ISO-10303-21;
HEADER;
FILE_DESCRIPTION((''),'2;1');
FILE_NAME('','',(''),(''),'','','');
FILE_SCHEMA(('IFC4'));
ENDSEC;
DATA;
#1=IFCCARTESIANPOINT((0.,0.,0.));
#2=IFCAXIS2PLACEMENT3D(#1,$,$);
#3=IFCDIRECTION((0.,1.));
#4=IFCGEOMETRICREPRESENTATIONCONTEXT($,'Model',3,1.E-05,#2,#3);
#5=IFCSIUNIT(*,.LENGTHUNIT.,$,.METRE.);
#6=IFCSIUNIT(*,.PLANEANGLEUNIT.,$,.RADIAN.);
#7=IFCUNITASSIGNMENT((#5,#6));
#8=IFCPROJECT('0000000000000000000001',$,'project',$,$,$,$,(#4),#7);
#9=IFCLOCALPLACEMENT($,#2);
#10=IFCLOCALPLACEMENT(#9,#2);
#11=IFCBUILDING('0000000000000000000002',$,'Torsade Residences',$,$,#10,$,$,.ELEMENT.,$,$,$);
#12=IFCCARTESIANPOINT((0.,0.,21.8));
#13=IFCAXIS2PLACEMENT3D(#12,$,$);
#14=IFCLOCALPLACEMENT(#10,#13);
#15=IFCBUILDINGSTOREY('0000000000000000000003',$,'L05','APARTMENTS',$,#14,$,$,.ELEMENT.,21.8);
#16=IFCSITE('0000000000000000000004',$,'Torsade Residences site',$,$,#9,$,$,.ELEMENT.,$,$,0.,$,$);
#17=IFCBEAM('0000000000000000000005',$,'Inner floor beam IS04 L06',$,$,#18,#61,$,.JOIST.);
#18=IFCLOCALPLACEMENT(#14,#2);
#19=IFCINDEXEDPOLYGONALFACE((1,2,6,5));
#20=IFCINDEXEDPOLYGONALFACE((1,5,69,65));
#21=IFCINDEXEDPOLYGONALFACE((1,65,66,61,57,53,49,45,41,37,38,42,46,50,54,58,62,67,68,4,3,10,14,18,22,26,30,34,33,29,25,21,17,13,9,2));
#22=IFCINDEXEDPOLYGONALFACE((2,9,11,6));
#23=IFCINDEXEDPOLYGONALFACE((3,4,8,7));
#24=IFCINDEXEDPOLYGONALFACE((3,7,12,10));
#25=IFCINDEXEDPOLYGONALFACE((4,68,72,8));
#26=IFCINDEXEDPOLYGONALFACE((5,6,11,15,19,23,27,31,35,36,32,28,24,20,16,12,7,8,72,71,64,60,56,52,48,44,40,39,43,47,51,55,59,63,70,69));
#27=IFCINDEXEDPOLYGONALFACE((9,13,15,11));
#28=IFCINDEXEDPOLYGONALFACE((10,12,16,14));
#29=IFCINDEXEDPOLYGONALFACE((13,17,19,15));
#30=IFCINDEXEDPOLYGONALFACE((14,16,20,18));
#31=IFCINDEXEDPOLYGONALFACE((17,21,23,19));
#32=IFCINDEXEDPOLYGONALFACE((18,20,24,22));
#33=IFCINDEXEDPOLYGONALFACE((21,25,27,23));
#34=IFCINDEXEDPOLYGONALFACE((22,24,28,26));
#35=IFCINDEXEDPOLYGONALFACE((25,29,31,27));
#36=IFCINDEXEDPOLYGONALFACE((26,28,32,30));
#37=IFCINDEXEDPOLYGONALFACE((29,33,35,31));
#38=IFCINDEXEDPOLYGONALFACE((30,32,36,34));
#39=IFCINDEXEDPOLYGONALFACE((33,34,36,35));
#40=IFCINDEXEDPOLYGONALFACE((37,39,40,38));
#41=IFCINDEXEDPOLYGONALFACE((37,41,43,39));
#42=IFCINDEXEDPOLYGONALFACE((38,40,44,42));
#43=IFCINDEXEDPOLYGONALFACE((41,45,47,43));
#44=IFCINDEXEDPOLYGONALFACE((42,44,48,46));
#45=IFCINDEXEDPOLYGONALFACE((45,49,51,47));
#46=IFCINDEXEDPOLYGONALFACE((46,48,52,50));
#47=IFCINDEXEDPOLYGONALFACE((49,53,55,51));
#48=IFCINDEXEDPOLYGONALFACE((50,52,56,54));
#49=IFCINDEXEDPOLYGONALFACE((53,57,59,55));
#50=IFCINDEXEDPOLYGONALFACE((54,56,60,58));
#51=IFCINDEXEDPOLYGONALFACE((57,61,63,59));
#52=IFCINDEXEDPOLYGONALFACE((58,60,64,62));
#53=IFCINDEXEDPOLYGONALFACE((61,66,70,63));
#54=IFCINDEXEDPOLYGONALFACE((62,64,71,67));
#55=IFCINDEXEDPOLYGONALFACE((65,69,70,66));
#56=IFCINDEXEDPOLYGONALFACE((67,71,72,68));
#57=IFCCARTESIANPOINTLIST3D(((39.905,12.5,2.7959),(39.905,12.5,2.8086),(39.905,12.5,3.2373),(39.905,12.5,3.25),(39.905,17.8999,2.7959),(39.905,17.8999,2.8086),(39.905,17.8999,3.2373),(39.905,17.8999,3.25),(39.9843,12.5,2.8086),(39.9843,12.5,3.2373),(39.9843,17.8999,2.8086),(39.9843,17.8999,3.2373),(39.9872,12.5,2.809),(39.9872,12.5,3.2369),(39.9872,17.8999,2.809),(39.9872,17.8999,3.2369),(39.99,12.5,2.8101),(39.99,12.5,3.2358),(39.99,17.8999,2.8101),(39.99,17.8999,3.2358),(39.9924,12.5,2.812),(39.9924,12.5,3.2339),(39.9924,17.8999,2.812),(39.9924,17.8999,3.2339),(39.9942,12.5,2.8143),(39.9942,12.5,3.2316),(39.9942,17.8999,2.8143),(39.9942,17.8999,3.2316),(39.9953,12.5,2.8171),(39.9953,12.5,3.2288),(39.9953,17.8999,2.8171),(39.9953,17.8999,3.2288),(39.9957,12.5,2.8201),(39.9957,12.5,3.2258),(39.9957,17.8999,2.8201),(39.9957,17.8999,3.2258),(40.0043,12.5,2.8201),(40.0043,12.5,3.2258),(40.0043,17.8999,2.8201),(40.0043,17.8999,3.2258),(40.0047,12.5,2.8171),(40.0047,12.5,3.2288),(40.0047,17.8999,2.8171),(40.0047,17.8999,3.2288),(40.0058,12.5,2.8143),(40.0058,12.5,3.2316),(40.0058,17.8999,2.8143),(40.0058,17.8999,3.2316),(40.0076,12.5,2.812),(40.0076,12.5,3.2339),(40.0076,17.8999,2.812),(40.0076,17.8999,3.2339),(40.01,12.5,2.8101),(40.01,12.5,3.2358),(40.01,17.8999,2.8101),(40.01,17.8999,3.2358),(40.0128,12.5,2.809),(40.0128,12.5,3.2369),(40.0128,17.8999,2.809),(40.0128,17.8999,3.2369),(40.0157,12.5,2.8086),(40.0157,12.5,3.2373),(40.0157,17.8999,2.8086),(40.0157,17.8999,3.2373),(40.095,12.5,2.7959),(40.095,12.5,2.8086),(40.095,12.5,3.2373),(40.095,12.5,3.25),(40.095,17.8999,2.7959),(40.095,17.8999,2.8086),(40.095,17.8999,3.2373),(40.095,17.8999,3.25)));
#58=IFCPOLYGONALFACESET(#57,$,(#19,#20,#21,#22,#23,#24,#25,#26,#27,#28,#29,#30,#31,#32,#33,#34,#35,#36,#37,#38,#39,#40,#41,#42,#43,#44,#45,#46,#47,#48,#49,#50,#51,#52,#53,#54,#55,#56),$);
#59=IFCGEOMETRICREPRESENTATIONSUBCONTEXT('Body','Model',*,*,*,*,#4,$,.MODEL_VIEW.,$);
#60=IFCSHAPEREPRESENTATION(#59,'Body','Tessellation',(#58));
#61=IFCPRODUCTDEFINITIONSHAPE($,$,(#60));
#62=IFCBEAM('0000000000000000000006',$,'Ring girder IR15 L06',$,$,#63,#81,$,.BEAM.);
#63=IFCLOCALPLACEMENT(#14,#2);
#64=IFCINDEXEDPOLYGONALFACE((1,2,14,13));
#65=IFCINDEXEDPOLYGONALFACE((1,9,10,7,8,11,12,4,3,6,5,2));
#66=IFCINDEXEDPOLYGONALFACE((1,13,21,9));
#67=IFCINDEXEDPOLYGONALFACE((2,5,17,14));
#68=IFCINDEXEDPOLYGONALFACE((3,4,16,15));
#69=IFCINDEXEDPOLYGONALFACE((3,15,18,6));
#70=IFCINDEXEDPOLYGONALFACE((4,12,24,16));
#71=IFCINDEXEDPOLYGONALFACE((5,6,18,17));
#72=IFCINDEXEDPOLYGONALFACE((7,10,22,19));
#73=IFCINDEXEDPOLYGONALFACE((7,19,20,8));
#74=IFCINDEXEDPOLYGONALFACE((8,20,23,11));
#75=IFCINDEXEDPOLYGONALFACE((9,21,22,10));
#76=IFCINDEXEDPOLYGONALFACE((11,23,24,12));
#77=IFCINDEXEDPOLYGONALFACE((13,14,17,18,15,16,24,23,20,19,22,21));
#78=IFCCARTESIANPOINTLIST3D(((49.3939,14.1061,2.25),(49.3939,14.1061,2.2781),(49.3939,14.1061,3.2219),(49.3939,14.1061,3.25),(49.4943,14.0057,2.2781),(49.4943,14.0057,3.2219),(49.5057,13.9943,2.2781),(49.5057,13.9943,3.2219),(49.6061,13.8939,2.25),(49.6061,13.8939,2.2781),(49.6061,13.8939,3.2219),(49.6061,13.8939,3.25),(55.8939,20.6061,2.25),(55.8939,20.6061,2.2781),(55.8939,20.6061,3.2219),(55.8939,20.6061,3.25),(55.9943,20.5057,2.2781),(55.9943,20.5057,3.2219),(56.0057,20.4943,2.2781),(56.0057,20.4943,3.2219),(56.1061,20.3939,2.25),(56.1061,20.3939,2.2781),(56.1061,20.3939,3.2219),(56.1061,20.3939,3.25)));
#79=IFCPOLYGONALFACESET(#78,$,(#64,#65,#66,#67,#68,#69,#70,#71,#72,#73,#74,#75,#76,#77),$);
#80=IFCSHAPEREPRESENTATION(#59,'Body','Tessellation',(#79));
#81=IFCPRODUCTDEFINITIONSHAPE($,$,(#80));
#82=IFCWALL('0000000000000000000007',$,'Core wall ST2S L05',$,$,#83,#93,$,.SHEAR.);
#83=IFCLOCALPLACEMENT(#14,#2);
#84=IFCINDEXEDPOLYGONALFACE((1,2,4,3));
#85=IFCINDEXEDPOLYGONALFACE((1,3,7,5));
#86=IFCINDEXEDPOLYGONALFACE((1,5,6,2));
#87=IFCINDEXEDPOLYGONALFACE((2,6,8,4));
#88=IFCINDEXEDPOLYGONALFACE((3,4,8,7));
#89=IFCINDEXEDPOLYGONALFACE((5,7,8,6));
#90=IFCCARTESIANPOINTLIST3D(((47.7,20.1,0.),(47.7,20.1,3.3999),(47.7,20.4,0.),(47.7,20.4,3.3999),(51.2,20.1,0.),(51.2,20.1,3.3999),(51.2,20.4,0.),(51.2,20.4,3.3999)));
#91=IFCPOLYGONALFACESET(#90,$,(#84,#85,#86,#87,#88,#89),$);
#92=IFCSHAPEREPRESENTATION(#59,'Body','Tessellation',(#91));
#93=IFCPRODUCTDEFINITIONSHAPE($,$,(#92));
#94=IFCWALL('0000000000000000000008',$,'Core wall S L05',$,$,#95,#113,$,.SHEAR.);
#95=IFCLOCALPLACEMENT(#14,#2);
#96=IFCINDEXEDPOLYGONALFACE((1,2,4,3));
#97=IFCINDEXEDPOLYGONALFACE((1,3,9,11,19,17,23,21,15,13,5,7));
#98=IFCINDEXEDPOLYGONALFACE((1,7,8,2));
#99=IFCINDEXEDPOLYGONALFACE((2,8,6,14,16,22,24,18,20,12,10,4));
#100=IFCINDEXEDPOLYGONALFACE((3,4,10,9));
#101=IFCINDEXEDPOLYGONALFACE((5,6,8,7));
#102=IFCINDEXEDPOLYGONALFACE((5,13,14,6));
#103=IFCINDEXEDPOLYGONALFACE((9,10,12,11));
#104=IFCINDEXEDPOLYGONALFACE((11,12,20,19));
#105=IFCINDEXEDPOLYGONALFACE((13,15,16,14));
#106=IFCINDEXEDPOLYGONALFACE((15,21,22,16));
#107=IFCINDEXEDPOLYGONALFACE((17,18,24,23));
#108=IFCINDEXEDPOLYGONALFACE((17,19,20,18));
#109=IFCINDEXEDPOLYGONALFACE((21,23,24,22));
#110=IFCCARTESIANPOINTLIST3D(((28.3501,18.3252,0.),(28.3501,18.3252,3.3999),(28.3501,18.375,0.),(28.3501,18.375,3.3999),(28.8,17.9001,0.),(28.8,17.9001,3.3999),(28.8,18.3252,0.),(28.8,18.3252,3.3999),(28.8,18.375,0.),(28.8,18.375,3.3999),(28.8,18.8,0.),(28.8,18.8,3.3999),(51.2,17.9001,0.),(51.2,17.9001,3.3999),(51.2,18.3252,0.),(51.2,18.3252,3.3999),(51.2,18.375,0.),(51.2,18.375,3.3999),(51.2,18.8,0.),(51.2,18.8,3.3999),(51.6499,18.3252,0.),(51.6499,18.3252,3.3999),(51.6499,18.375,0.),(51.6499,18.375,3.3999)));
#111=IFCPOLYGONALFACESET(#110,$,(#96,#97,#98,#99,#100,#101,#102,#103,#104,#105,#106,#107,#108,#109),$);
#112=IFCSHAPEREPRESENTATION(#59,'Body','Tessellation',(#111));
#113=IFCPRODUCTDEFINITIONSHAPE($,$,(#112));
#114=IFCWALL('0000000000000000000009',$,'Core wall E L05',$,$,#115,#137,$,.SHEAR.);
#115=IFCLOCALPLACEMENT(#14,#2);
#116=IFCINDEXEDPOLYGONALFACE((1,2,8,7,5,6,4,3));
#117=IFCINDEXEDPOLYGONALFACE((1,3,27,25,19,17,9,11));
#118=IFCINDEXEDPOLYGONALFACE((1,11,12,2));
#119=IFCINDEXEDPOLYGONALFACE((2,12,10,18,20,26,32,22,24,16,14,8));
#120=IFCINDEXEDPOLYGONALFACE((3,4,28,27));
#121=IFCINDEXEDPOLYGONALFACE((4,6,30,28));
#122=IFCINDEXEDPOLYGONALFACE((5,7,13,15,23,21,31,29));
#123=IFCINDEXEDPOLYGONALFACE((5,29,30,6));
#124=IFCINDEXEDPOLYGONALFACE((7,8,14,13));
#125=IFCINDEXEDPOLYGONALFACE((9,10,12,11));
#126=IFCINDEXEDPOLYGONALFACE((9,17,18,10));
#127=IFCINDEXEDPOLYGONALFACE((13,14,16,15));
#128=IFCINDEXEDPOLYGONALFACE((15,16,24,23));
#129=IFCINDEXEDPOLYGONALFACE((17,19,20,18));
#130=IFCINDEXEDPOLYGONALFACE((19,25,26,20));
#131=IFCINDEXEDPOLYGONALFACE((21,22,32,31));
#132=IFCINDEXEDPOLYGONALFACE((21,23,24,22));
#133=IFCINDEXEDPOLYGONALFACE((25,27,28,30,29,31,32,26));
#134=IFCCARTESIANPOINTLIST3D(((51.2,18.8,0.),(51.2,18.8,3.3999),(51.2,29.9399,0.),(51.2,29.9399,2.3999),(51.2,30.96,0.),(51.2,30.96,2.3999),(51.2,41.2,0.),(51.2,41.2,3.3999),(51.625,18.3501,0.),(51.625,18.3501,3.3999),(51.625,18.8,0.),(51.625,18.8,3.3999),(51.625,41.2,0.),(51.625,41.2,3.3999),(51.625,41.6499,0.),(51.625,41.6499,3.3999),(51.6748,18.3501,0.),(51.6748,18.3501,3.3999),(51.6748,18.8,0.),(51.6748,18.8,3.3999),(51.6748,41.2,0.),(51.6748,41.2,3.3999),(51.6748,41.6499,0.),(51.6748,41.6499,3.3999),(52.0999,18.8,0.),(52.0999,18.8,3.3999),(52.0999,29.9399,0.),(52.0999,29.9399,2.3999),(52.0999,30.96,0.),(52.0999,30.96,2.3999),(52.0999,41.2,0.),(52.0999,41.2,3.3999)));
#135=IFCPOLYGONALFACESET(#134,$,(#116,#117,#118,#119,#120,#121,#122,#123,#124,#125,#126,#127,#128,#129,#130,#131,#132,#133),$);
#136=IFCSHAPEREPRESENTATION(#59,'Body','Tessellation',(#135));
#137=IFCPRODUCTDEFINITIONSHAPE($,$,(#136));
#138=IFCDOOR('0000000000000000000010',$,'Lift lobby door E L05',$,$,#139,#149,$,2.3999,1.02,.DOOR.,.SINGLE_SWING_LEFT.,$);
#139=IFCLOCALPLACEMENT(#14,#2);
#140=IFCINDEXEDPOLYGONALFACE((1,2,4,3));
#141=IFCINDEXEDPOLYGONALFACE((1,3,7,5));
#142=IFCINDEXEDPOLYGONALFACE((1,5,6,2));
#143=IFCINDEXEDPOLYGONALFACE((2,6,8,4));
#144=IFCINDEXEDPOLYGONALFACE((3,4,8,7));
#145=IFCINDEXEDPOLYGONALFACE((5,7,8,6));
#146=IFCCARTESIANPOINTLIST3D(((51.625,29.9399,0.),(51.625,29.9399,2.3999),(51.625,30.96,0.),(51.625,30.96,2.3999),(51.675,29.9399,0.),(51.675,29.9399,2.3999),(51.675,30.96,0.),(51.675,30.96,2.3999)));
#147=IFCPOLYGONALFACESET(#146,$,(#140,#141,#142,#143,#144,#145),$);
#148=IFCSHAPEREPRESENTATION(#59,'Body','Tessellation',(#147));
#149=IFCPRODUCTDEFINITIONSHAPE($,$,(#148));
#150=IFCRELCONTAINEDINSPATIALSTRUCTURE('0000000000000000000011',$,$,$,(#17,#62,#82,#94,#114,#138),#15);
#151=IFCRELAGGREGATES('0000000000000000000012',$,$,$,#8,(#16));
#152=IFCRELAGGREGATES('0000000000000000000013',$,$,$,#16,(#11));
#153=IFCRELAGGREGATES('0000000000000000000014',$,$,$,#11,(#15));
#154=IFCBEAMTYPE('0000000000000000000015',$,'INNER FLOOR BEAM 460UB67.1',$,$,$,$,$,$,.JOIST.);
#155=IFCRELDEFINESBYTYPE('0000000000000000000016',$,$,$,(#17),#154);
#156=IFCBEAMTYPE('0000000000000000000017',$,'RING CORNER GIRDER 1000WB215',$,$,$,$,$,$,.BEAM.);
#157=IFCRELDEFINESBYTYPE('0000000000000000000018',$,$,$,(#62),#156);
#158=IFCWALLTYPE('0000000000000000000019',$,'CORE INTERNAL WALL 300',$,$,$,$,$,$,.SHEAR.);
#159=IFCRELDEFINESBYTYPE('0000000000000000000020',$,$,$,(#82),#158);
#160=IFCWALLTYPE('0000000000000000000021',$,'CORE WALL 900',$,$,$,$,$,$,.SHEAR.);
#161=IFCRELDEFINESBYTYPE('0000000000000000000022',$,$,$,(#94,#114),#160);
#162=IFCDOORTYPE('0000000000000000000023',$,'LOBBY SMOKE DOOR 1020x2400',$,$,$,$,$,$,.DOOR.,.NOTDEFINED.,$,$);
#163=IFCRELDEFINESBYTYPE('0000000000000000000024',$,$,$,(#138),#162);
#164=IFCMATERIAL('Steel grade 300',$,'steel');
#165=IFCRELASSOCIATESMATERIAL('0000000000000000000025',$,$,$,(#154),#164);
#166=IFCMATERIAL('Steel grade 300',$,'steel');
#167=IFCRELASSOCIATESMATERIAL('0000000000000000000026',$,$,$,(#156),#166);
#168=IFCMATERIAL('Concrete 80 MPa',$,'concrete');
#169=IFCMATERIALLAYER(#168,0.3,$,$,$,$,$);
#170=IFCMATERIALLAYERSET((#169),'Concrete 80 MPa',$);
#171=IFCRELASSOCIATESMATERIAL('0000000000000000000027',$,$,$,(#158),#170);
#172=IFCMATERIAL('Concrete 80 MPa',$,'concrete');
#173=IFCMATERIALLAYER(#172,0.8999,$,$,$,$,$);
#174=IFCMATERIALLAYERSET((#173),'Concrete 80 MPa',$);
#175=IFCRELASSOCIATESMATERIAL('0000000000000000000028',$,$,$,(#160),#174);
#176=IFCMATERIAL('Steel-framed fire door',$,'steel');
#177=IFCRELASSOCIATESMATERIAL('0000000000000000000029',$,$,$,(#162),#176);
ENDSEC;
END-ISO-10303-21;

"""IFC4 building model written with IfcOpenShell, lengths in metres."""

from ifc_helpers import new_model, si_unit, direction, frame, frame_2d, origin, origin_2d, place, context, subcontext, project, spatial, polyline, rectangle, i_section, outline, extrude, material, layer, layer_set, material_profile, profile_set, type_object, element, fill, save


model = new_model("IFC4")

# Units and contexts
model_context = context("Model", 3, precision=1e-05, world=origin(), true_north=direction((0.0, 1.0)))
body_context = subcontext(model_context, "Body", "Model", "MODEL_VIEW")
ifc_project = project(units=[si_unit("LENGTHUNIT", "METRE"), si_unit("PLANEANGLEUNIT", "RADIAN")], contexts=[model_context])

# Site, building, storey
site_placement = place(None, origin())
site = spatial("IfcSite", under=ifc_project, at=site_placement, Name="Torsade Residences site", CompositionType="ELEMENT", RefElevation=0.0)
building_placement = place(site_placement, origin())
building = spatial("IfcBuilding", under=site, at=building_placement, Name="Torsade Residences", CompositionType="ELEMENT")
storey_placement = place(building_placement, frame((0.0, 0.0, 21.8)))
storey = spatial("IfcBuildingStorey", under=building, at=storey_placement, Name="L05", Description="APARTMENTS", CompositionType="ELEMENT", Elevation=21.8)

# Beams
ifc_material_1 = material(Name="Steel grade 300", Category="steel")
ifc_material_profile_1 = material_profile(ifc_material_1, i_section(OverallWidth=0.1899, OverallDepth=0.4541, WebThickness=0.0085, FlangeThickness=0.0127, FilletRadius=0.0115, at=origin_2d()), Name="460UB67.1")
ifc_profile_set_1 = profile_set([ifc_material_profile_1], Name="Steel grade 300")
beam_type_1 = type_object("IfcBeamType", Name="INNER FLOOR BEAM 460UB67.1", PredefinedType="JOIST", material=ifc_profile_set_1)
for number, where, z_axis, x_axis, name in (
    (1, (40.0, 17.8999, 3.0229), (0.0, -1.0, 0.0), (1.0, 0.0, 0.0), "Inner floor beam IS04 L06"),
):
    element("IfcBeam", number, at=place(storey_placement, frame(where, z_axis=z_axis, x_axis=x_axis)), inside=storey, type_object=beam_type_1, Name=name, PredefinedType="JOIST", context=body_context, shape_type="SweptSolid", body=[
        extrude(i_section(OverallWidth=0.1899, OverallDepth=0.4541, WebThickness=0.0085, FlangeThickness=0.0127, FilletRadius=0.0115, at=origin_2d()), origin(), (0.0, 0.0, 1.0), 5.3999),
    ])
ifc_material_2 = material(Name="Steel grade 300", Category="steel")
ifc_material_profile_2 = material_profile(ifc_material_2, i_section(OverallWidth=0.3, OverallDepth=1.0, WebThickness=0.0161, FlangeThickness=0.0281, at=origin_2d()), Name="1000WB215")
ifc_profile_set_2 = profile_set([ifc_material_profile_2], Name="Steel grade 300")
beam_type_2 = type_object("IfcBeamType", Name="RING CORNER GIRDER 1000WB215", PredefinedType="BEAM", material=ifc_profile_set_2)
beam_1_placement = place(storey_placement, frame((49.5, 14.0, 2.75), z_axis=(0.707107, 0.707107, 0.0), x_axis=(-0.707107, 0.707107, 0.0)))
element("IfcBeam", 2, at=beam_1_placement, inside=storey, type_object=beam_type_2, Name="Ring girder IR15 L06", PredefinedType="BEAM", context=body_context, shape_type="SweptSolid", body=[
    extrude(i_section(OverallWidth=0.3, OverallDepth=1.0, WebThickness=0.0161, FlangeThickness=0.0281, at=origin_2d()), origin(), (0.0, 0.0, 1.0), 9.1924),
])

# Walls
ifc_material_3 = material(Name="Concrete 80 MPa", Category="concrete")
ifc_layer_1 = layer(ifc_material_3, 0.3)
ifc_layer_set_1 = layer_set([ifc_layer_1], Name="Concrete 80 MPa")
wall_type_1 = type_object("IfcWallType", Name="CORE INTERNAL WALL 300", PredefinedType="SHEAR", material=ifc_layer_set_1)
wall_1_placement = place(storey_placement, frame((51.2, 20.25, 0.0), z_axis=(0.0, 0.0, 1.0), x_axis=(-1.0, 0.0, 0.0)))
element("IfcWall", 3, at=wall_1_placement, inside=storey, type_object=wall_type_1, Name="Core wall ST2S L05", PredefinedType="SHEAR", context=body_context, shape_type="SweptSolid", body=[
    extrude(rectangle(XDim=3.5, YDim=0.3, at=frame_2d((1.75, 0.0))), origin(), (0.0, 0.0, 1.0), 3.3999),
])
ifc_material_4 = material(Name="Concrete 80 MPa", Category="concrete")
ifc_layer_2 = layer(ifc_material_4, 0.8999)
ifc_layer_set_2 = layer_set([ifc_layer_2], Name="Concrete 80 MPa")
wall_type_2 = type_object("IfcWallType", Name="CORE WALL 900", PredefinedType="SHEAR", material=ifc_layer_set_2)
wall_2_placement = place(storey_placement, frame((51.2, 18.3501, 0.0), z_axis=(0.0, 0.0, 1.0), x_axis=(-1.0, 0.0, 0.0)))
element("IfcWall", 4, at=wall_2_placement, inside=storey, type_object=wall_type_2, Name="Core wall S L05", PredefinedType="SHEAR", context=body_context, shape_type="SweptSolid", body=[
    extrude(outline(polyline([(0.0, -0.45), (22.3999, -0.45), (22.3999, -0.0249), (22.8499, -0.0249), (22.8499, 0.0249), (22.3999, 0.0249), (22.3999, 0.45), (0.0, 0.45), (0.0, 0.0249), (-0.45, 0.0249), (-0.45, -0.0249), (0.0, -0.0249), (0.0, -0.45)])), origin(), (0.0, 0.0, 1.0), 3.3999),
])

# Wall, opening, door
wall_3_placement = place(storey_placement, frame((51.6499, 18.8, 0.0), z_axis=(0.0, 0.0, 1.0), x_axis=(0.0, 1.0, 0.0)))
wall_3 = element("IfcWall", 5, at=wall_3_placement, inside=storey, type_object=wall_type_2, Name="Core wall E L05", PredefinedType="SHEAR", context=body_context, shape_type="SweptSolid", body=[
    extrude(outline(polyline([(0.0, -0.45), (22.3999, -0.45), (22.3999, -0.0249), (22.8499, -0.0249), (22.8499, 0.0249), (22.3999, 0.0249), (22.3999, 0.45), (0.0, 0.45), (0.0, 0.0249), (-0.45, 0.0249), (-0.45, -0.0249), (0.0, -0.0249), (0.0, -0.45)])), origin(), (0.0, 0.0, 1.0), 3.3999),
])
opening_1_placement = place(wall_3_placement, frame((11.1399, 0.0, 0.0)))
opening_1 = element("IfcOpeningElement", 6, at=opening_1_placement, cuts=wall_3, PredefinedType="OPENING", context=body_context, shape_type="SweptSolid", body=[
    extrude(rectangle(XDim=1.02, YDim=2.3999, at=frame_2d((0.51, 1.2))), frame((0.0, 0.46, 0.0), z_axis=(0.0, -1.0, 0.0), x_axis=(1.0, 0.0, 0.0)), (0.0, 0.0, 1.0), 0.9199),
])
ifc_material_5 = material(Name="Steel-framed fire door", Category="steel")
door_type_1 = type_object("IfcDoorType", Name="LOBBY SMOKE DOOR 1020x2400", OperationType="NOTDEFINED", PredefinedType="DOOR", material=ifc_material_5)
door_1_placement = place(opening_1_placement, origin())
door_1 = element("IfcDoor", 7, at=door_1_placement, inside=storey, type_object=door_type_1, Name="Lift lobby door E L05", OperationType="SINGLE_SWING_LEFT", OverallHeight=2.3999, OverallWidth=1.02, PredefinedType="DOOR", context=body_context, shape_type="SweptSolid", body=[
    extrude(rectangle(XDim=1.02, YDim=2.3999, at=frame_2d((0.51, 1.2))), frame((0.0, 0.0249, 0.0), z_axis=(0.0, -1.0, 0.0), x_axis=(1.0, 0.0, 0.0)), (0.0, 0.0, 1.0), 0.05),
])
fill(opening_1, door_1)

save(model, "model.ifc")
